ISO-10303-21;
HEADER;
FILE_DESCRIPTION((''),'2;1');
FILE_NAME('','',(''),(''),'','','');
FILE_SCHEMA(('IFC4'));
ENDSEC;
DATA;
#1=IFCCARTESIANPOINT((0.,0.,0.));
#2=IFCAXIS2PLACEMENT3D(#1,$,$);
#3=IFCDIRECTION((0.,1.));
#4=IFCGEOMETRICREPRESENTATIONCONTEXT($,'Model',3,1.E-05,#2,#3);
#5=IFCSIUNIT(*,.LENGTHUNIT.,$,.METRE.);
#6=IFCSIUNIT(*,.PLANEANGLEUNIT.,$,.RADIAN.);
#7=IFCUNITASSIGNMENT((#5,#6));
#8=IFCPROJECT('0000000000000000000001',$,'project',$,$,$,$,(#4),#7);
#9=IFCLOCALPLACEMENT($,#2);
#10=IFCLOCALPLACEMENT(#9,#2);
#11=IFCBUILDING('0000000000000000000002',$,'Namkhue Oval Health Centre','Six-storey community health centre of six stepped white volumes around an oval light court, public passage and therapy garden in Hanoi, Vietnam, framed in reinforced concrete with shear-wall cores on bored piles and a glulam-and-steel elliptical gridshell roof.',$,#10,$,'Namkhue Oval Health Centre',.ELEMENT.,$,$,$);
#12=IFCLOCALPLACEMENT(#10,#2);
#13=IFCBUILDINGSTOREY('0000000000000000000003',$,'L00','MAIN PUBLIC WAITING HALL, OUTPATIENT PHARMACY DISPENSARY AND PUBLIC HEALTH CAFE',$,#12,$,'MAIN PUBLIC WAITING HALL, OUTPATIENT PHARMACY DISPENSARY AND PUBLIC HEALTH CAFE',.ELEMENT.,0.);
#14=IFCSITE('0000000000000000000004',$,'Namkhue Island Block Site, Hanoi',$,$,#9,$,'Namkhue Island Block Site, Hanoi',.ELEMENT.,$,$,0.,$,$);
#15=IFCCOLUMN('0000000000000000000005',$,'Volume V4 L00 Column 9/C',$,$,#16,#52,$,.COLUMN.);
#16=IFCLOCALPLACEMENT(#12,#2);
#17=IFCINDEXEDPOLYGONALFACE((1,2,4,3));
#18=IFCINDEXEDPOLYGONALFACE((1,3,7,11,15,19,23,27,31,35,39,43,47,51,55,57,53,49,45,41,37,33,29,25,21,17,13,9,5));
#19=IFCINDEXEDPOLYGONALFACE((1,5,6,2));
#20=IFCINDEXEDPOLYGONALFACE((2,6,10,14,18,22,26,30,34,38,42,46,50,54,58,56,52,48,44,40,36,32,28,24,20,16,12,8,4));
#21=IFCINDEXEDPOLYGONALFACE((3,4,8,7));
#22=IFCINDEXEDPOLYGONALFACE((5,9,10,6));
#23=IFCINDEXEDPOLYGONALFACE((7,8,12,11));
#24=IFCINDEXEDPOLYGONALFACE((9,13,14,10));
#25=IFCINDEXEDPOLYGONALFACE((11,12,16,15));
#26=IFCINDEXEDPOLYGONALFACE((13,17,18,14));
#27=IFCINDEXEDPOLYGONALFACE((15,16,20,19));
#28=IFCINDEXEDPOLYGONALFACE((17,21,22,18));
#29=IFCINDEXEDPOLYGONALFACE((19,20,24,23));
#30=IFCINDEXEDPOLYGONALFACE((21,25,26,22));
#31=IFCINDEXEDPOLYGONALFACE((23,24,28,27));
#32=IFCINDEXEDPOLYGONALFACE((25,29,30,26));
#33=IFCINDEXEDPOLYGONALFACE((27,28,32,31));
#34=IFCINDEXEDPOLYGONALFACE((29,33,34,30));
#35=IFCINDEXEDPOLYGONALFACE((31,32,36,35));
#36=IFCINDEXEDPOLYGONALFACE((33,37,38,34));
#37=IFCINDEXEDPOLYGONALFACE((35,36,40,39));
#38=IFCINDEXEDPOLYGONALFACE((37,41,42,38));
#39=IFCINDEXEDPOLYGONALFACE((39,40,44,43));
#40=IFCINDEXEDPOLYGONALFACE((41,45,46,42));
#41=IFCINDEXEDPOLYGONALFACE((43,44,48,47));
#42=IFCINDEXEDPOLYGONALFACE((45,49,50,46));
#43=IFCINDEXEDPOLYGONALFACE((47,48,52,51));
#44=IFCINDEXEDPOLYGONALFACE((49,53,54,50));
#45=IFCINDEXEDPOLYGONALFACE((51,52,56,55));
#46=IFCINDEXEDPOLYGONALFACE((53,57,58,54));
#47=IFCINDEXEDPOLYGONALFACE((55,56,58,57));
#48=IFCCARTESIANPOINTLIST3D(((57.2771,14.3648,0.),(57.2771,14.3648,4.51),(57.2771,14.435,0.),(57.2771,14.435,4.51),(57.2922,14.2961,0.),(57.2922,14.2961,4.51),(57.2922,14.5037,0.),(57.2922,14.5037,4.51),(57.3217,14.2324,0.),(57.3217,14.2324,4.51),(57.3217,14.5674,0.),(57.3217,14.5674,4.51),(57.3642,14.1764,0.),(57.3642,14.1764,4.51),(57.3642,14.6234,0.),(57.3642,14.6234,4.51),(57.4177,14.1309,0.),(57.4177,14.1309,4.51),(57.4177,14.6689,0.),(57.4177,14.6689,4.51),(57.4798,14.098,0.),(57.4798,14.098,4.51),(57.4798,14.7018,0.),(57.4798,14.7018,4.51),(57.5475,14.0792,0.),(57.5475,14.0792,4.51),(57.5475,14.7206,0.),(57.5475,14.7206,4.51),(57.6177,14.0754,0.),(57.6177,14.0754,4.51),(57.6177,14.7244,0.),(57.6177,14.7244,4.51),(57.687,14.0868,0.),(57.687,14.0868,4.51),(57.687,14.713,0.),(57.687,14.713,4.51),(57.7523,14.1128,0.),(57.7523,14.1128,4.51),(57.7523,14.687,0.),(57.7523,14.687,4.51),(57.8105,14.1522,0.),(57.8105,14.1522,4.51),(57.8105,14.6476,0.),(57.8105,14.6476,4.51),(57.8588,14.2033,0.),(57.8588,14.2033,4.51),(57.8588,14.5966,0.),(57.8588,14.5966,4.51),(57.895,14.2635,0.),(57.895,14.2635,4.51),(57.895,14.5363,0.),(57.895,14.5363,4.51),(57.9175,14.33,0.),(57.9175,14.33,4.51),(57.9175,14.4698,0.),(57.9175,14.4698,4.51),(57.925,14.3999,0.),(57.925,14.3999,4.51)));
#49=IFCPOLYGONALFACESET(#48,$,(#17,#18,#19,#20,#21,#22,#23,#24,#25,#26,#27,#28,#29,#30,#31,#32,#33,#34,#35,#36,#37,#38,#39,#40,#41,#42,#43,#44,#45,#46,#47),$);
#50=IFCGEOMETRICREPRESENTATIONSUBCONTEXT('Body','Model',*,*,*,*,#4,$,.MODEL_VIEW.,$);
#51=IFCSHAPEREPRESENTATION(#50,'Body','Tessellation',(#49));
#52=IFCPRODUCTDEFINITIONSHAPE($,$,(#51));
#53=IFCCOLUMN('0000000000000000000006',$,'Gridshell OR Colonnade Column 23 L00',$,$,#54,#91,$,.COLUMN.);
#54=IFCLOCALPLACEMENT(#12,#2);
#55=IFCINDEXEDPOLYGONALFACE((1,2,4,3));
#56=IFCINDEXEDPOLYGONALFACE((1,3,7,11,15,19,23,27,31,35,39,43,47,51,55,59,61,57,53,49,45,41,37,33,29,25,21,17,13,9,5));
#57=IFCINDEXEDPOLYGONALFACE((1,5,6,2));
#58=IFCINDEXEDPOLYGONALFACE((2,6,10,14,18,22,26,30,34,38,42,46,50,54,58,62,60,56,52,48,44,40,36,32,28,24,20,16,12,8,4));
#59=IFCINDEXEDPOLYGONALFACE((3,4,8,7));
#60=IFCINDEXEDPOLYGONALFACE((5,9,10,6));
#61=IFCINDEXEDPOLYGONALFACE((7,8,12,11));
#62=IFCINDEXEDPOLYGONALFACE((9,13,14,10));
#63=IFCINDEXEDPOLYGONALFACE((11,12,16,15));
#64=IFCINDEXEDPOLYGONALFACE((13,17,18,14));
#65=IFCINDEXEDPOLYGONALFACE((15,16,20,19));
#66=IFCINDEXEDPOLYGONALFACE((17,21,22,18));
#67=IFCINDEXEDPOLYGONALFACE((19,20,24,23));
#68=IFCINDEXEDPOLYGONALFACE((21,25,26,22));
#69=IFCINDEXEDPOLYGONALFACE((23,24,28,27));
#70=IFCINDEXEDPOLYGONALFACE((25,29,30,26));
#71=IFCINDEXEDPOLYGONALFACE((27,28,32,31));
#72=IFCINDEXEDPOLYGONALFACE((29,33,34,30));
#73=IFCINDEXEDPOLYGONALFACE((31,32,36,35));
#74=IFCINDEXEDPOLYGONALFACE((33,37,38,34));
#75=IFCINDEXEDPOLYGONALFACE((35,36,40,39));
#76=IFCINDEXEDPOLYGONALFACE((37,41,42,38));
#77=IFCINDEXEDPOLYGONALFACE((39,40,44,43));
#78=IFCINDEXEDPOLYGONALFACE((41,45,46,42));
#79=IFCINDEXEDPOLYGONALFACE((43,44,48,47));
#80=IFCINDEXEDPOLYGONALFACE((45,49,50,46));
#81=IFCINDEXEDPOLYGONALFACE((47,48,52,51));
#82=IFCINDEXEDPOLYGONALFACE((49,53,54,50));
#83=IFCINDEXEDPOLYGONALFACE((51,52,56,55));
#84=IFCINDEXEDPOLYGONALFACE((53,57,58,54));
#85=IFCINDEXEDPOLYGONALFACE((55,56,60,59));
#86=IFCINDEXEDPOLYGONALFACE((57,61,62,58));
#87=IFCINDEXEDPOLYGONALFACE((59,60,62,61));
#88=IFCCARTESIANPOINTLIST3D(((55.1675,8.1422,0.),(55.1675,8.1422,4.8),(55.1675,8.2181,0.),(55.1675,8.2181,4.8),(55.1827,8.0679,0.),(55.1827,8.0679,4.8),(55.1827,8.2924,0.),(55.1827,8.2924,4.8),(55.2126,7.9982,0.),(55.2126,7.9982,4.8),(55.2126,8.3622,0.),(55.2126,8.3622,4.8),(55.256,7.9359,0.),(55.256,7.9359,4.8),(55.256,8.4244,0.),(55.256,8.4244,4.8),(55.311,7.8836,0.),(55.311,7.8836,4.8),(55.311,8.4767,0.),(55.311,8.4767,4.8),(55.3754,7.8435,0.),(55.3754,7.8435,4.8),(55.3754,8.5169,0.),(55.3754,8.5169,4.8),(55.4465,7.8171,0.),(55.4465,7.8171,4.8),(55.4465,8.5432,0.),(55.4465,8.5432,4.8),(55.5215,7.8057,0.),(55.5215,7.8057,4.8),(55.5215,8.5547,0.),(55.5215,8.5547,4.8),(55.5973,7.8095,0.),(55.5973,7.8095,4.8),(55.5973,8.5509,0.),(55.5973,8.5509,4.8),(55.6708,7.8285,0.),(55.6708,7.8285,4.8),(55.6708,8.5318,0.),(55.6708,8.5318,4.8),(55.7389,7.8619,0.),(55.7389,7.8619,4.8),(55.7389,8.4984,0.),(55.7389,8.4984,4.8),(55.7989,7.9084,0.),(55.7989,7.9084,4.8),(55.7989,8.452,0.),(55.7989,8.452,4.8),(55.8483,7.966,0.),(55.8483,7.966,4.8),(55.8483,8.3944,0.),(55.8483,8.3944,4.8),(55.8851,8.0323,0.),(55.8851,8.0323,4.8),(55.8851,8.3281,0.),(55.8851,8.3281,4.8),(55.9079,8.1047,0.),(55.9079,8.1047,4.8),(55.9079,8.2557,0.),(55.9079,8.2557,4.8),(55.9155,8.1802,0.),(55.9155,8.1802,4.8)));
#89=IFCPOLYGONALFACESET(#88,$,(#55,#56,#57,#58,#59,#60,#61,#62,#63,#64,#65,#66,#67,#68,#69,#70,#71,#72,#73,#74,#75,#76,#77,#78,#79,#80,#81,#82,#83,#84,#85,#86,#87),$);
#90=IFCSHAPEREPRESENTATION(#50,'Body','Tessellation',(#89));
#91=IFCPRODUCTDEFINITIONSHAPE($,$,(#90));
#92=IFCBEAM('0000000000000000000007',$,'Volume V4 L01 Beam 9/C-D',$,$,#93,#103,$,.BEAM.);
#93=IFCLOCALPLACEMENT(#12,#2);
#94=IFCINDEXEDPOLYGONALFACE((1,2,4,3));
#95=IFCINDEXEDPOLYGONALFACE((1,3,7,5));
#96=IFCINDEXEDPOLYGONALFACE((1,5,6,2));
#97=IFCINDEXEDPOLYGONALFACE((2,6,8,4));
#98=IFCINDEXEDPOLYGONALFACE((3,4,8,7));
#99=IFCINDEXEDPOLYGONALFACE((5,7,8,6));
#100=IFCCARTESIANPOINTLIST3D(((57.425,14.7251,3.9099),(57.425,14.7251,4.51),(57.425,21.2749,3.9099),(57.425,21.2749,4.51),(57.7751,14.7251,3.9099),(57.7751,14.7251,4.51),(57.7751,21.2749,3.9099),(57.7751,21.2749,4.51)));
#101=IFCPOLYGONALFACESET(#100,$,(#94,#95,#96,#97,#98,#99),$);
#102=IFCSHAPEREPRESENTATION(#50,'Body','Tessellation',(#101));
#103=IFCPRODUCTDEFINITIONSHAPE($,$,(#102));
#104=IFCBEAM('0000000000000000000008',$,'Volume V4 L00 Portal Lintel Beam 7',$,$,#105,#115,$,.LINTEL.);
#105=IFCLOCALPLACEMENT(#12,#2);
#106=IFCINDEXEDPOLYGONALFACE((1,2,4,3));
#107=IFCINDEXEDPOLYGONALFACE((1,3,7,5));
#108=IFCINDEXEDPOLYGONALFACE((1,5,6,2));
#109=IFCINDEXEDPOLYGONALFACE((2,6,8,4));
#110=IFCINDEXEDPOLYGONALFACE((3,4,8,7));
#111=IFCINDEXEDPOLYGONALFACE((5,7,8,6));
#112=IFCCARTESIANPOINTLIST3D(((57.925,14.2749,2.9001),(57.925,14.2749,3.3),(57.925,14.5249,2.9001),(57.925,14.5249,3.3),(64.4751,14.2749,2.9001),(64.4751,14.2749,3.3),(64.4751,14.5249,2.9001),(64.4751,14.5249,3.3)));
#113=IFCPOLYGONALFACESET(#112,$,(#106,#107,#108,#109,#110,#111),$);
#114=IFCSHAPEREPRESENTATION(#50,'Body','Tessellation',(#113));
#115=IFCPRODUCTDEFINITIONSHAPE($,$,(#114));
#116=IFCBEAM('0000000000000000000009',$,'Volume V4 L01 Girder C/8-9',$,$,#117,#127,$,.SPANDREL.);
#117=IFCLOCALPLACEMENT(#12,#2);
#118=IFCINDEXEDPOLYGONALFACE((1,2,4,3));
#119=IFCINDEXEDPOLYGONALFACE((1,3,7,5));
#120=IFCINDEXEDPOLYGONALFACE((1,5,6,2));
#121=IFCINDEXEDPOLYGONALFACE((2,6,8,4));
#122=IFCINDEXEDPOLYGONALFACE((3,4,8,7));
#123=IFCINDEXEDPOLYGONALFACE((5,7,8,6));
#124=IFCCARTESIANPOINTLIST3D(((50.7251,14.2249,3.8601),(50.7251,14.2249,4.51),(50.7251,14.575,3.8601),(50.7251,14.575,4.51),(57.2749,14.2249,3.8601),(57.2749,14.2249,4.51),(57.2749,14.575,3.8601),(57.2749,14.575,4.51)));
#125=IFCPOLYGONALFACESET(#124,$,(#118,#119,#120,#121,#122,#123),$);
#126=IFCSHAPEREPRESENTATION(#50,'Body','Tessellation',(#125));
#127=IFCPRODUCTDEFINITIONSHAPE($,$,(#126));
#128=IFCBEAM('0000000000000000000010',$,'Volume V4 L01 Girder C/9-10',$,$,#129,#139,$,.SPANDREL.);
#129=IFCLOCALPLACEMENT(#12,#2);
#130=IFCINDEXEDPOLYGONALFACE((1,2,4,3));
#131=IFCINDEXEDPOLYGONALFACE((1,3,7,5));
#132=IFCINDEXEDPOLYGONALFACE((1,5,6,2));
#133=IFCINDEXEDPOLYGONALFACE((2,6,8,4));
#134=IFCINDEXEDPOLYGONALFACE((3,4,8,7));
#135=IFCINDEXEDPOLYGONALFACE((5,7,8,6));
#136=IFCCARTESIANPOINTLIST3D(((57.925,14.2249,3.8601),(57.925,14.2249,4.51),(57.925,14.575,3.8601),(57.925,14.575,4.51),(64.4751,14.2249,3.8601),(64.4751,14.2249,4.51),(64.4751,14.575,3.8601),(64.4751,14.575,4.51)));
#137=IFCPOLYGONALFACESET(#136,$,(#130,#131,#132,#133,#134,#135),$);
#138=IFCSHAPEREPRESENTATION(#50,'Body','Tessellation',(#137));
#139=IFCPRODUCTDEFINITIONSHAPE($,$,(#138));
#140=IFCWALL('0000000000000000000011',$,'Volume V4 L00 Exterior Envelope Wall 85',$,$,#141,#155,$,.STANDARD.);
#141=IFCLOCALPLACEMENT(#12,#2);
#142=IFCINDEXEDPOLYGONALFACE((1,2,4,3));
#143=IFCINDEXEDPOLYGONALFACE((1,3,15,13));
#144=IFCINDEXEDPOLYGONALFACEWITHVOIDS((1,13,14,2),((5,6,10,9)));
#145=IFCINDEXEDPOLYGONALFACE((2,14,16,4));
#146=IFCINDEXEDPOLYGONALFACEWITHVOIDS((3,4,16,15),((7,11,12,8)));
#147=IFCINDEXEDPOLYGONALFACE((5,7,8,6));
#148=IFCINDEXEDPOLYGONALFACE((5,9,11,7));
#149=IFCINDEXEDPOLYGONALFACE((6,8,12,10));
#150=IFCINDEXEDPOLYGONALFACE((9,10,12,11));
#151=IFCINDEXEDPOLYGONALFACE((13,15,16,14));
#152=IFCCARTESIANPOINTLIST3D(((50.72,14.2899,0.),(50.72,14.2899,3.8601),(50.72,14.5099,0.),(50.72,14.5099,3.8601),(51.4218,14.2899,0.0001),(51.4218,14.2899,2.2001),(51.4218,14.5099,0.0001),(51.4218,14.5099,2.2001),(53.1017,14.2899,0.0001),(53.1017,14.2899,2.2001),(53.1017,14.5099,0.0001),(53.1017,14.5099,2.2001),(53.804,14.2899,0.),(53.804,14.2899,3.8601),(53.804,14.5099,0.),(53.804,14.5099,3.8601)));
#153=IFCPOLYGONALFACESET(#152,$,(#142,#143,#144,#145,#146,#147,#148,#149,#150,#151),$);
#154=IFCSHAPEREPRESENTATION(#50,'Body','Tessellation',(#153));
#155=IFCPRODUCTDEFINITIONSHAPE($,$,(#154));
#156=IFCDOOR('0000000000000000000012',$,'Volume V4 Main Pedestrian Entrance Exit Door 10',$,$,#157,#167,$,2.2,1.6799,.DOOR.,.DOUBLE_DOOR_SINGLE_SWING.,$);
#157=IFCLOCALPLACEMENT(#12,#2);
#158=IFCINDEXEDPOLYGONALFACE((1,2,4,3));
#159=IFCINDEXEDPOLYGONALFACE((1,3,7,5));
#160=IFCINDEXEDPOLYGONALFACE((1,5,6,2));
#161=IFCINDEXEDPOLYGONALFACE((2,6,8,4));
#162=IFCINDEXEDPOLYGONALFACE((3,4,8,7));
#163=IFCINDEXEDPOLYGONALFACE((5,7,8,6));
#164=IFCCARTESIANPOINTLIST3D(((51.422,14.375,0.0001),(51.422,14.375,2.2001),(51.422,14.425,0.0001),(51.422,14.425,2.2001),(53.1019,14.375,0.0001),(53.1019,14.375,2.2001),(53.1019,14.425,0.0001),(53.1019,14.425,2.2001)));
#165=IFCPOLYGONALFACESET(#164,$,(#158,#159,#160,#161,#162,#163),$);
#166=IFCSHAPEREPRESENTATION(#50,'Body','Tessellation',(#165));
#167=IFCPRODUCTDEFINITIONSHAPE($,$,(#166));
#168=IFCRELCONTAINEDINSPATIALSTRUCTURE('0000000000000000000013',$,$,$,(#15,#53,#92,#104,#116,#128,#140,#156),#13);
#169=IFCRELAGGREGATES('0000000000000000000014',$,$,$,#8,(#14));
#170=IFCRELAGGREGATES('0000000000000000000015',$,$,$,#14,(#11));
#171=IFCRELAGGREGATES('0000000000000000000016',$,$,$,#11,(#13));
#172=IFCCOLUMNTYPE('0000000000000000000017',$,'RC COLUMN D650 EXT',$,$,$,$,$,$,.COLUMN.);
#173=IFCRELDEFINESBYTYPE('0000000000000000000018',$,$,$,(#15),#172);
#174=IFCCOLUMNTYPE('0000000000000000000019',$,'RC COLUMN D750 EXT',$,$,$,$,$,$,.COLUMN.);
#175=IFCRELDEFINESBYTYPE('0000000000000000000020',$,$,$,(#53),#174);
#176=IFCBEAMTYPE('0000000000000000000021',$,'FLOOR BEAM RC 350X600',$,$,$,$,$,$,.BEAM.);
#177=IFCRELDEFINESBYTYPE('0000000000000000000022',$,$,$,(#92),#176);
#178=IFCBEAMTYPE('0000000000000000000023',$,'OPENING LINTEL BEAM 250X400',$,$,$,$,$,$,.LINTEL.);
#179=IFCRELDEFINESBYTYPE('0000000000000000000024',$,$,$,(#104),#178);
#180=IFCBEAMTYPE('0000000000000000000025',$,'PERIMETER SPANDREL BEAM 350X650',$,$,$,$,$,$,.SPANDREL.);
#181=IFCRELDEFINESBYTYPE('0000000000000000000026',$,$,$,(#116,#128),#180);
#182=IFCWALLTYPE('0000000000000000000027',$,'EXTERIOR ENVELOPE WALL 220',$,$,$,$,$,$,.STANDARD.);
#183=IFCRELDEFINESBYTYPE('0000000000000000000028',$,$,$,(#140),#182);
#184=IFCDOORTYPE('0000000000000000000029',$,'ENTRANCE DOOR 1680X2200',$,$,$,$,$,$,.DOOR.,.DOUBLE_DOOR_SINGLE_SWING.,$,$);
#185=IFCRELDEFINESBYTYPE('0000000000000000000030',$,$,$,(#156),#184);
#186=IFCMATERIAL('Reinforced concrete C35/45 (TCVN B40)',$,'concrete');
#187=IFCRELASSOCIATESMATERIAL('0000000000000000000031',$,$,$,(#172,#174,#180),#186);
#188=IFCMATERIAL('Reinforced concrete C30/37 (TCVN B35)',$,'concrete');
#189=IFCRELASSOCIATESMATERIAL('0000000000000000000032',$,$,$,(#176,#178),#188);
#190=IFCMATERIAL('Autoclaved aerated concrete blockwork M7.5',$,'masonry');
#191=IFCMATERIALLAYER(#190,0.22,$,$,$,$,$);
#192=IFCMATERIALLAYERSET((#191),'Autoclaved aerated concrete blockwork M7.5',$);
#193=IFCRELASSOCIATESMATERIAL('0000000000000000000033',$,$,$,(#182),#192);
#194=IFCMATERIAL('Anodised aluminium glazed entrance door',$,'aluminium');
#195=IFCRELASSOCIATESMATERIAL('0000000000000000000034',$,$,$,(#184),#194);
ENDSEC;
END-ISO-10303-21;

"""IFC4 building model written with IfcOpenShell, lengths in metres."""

from ifc_helpers import new_model, si_unit, direction, frame, frame_2d, origin, origin_2d, place, context, subcontext, project, spatial, rectangle, circle, extrude, material, layer, layer_set, material_profile, profile_set, type_object, element, fill, save


model = new_model("IFC4")

# Units and contexts
model_context = context("Model", 3, precision=1e-05, world=origin(), true_north=direction((0.0, 1.0)))
body_context = subcontext(model_context, "Body", "Model", "MODEL_VIEW")
ifc_project = project(units=[si_unit("LENGTHUNIT", "METRE"), si_unit("PLANEANGLEUNIT", "RADIAN")], contexts=[model_context])

# Site, building, storey
site_placement = place(None, origin())
site = spatial("IfcSite", under=ifc_project, at=site_placement, Name="Namkhue Island Block Site, Hanoi", LongName="Namkhue Island Block Site, Hanoi", CompositionType="ELEMENT", RefElevation=0.0)
building_placement = place(site_placement, origin())
building = spatial("IfcBuilding", under=site, at=building_placement, Name="Namkhue Oval Health Centre", Description="Six-storey community health centre of six stepped white volumes around an oval light court, public passage and therapy garden in Hanoi, Vietnam, framed in reinforced concrete with shear-wall cores on bored piles and a glulam-and-steel elliptical gridshell roof.", LongName="Namkhue Oval Health Centre", CompositionType="ELEMENT")
storey_placement = place(building_placement, origin())
storey = spatial("IfcBuildingStorey", under=building, at=storey_placement, Name="L00", Description="MAIN PUBLIC WAITING HALL, OUTPATIENT PHARMACY DISPENSARY AND PUBLIC HEALTH CAFE", LongName="MAIN PUBLIC WAITING HALL, OUTPATIENT PHARMACY DISPENSARY AND PUBLIC HEALTH CAFE", CompositionType="ELEMENT", Elevation=0.0)

# Shared definitions
ifc_material_1 = material(Name="Reinforced concrete C30/37 (TCVN B35)", Category="concrete")

# Columns
ifc_material_2 = material(Name="Reinforced concrete C35/45 (TCVN B40)", Category="concrete")
ifc_material_profile_1 = material_profile(ifc_material_2, circle(Radius=0.325, at=origin_2d()), Name="RC D650")
ifc_profile_set_1 = profile_set([ifc_material_profile_1], Name="Reinforced concrete C35/45 (TCVN B40)")
column_type_1 = type_object("IfcColumnType", Name="RC COLUMN D650 EXT", PredefinedType="COLUMN", material=ifc_profile_set_1)
column_1_placement = place(storey_placement, frame((57.6001, 14.3999, 0.0), z_axis=(0.0, 0.0, 1.0), x_axis=(1.0, 0.0, 0.0)))
element("IfcColumn", 1, at=column_1_placement, inside=storey, type_object=column_type_1, Name="Volume V4 L00 Column 9/C", PredefinedType="COLUMN", context=body_context, shape_type="SweptSolid", body=[
    extrude(circle(Radius=0.325, at=origin_2d()), origin(), (0.0, 0.0, 1.0), 4.51),
])
ifc_material_profile_2 = material_profile(ifc_material_2, circle(Radius=0.375, at=origin_2d()), Name="RC D750")
ifc_profile_set_2 = profile_set([ifc_material_profile_2], Name="Reinforced concrete C35/45 (TCVN B40)")
column_type_2 = type_object("IfcColumnType", Name="RC COLUMN D750 EXT", PredefinedType="COLUMN", material=ifc_profile_set_2)
column_2_placement = place(storey_placement, frame((55.5405, 8.1802, 0.0), z_axis=(0.0, 0.0, 1.0), x_axis=(1.0, 0.0, 0.0)))
element("IfcColumn", 2, at=column_2_placement, inside=storey, type_object=column_type_2, Name="Gridshell OR Colonnade Column 23 L00", PredefinedType="COLUMN", context=body_context, shape_type="SweptSolid", body=[
    extrude(circle(Radius=0.375, at=origin_2d()), origin(), (0.0, 0.0, 1.0), 4.8),
])

# Beams
ifc_material_profile_3 = material_profile(ifc_material_1, rectangle(XDim=0.3501, YDim=0.6001, at=origin_2d()), Name="RC 350x600")
ifc_profile_set_3 = profile_set([ifc_material_profile_3], Name="Reinforced concrete C30/37 (TCVN B35)")
beam_type_1 = type_object("IfcBeamType", Name="FLOOR BEAM RC 350X600", PredefinedType="BEAM", material=ifc_profile_set_3)
beam_1_placement = place(storey_placement, frame((57.6001, 14.7251, 4.21), z_axis=(0.0, 1.0, 0.0), x_axis=(-1.0, 0.0, 0.0)))
element("IfcBeam", 3, at=beam_1_placement, inside=storey, type_object=beam_type_1, Name="Volume V4 L01 Beam 9/C-D", PredefinedType="BEAM", context=body_context, shape_type="SweptSolid", body=[
    extrude(rectangle(XDim=0.3501, YDim=0.6001, at=origin_2d()), origin(), (0.0, 0.0, 1.0), 6.5498),
])
ifc_material_profile_4 = material_profile(ifc_material_1, rectangle(XDim=0.25, YDim=0.3999, at=origin_2d()), Name="RC 250x400")
ifc_profile_set_4 = profile_set([ifc_material_profile_4], Name="Reinforced concrete C30/37 (TCVN B35)")
beam_type_2 = type_object("IfcBeamType", Name="OPENING LINTEL BEAM 250X400", PredefinedType="LINTEL", material=ifc_profile_set_4)
beam_2_placement = place(storey_placement, frame((57.925, 14.3999, 3.1001), z_axis=(1.0, 0.0, 0.0), x_axis=(0.0, 1.0, 0.0)))
element("IfcBeam", 4, at=beam_2_placement, inside=storey, type_object=beam_type_2, Name="Volume V4 L00 Portal Lintel Beam 7", PredefinedType="LINTEL", context=body_context, shape_type="SweptSolid", body=[
    extrude(rectangle(XDim=0.25, YDim=0.3999, at=origin_2d()), origin(), (0.0, 0.0, 1.0), 6.55),
])
ifc_material_profile_5 = material_profile(ifc_material_2, rectangle(XDim=0.3501, YDim=0.6499, at=origin_2d()), Name="RC 350x650")
ifc_profile_set_5 = profile_set([ifc_material_profile_5], Name="Reinforced concrete C35/45 (TCVN B40)")
beam_type_3 = type_object("IfcBeamType", Name="PERIMETER SPANDREL BEAM 350X650", PredefinedType="SPANDREL", material=ifc_profile_set_5)
beam_3_placement = place(storey_placement, frame((50.7251, 14.3999, 4.1851), z_axis=(1.0, 0.0, 0.0), x_axis=(0.0, 1.0, 0.0)))
element("IfcBeam", 5, at=beam_3_placement, inside=storey, type_object=beam_type_3, Name="Volume V4 L01 Girder C/8-9", PredefinedType="SPANDREL", context=body_context, shape_type="SweptSolid", body=[
    extrude(rectangle(XDim=0.3501, YDim=0.6499, at=origin_2d()), origin(), (0.0, 0.0, 1.0), 6.5498),
])
beam_4_placement = place(storey_placement, frame((57.925, 14.3999, 4.1851), z_axis=(1.0, 0.0, 0.0), x_axis=(0.0, 1.0, 0.0)))
element("IfcBeam", 6, at=beam_4_placement, inside=storey, type_object=beam_type_3, Name="Volume V4 L01 Girder C/9-10", PredefinedType="SPANDREL", context=body_context, shape_type="SweptSolid", body=[
    extrude(rectangle(XDim=0.3501, YDim=0.6499, at=origin_2d()), origin(), (0.0, 0.0, 1.0), 6.55),
])

# Wall, opening, door
ifc_material_3 = material(Name="Autoclaved aerated concrete blockwork M7.5", Category="masonry")
ifc_layer_1 = layer(ifc_material_3, 0.22)
ifc_layer_set_1 = layer_set([ifc_layer_1], Name="Autoclaved aerated concrete blockwork M7.5")
wall_type_1 = type_object("IfcWallType", Name="EXTERIOR ENVELOPE WALL 220", PredefinedType="STANDARD", material=ifc_layer_set_1)
wall_1_placement = place(storey_placement, frame((50.72, 14.3999, 0.0), z_axis=(0.0, 0.0, 1.0), x_axis=(1.0, 0.0, 0.0)))
wall_1 = element("IfcWall", 7, at=wall_1_placement, inside=storey, type_object=wall_type_1, Name="Volume V4 L00 Exterior Envelope Wall 85", PredefinedType="STANDARD", context=body_context, shape_type="SweptSolid", body=[
    extrude(rectangle(XDim=3.084, YDim=0.22, at=frame_2d((1.542, 0.0))), origin(), (0.0, 0.0, 1.0), 3.8601),
])
opening_1_placement = place(wall_1_placement, frame((0.7019, 0.0, 0.0)))
opening_1 = element("IfcOpeningElement", 8, at=opening_1_placement, cuts=wall_1, PredefinedType="OPENING", context=body_context, shape_type="SweptSolid", body=[
    extrude(rectangle(XDim=1.6799, YDim=2.2, at=frame_2d((0.8398, 1.1001))), frame((0.0, 0.1199, 0.0), z_axis=(0.0, -1.0, 0.0), x_axis=(1.0, 0.0, 0.0)), (0.0, 0.0, 1.0), 0.24),
])
ifc_material_4 = material(Name="Anodised aluminium glazed entrance door", Category="aluminium")
door_type_1 = type_object("IfcDoorType", Name="ENTRANCE DOOR 1680X2200", OperationType="DOUBLE_DOOR_SINGLE_SWING", PredefinedType="DOOR", material=ifc_material_4)
door_1_placement = place(opening_1_placement, frame((1.6799, 0.0, 0.0), z_axis=(0.0, 0.0, 1.0), x_axis=(-1.0, 0.0, 0.0)))
door_1 = element("IfcDoor", 9, at=door_1_placement, inside=storey, type_object=door_type_1, Name="Volume V4 Main Pedestrian Entrance Exit Door 10", OperationType="DOUBLE_DOOR_SINGLE_SWING", OverallHeight=2.2, OverallWidth=1.6799, PredefinedType="DOOR", context=body_context, shape_type="SweptSolid", body=[
    extrude(rectangle(XDim=1.6799, YDim=2.2, at=frame_2d((0.8398, 1.1001))), frame((0.0, 0.0249, 0.0), z_axis=(0.0, -1.0, 0.0), x_axis=(1.0, 0.0, 0.0)), (0.0, 0.0, 1.0), 0.05),
])
fill(opening_1, door_1)

save(model, "model.ifc")
